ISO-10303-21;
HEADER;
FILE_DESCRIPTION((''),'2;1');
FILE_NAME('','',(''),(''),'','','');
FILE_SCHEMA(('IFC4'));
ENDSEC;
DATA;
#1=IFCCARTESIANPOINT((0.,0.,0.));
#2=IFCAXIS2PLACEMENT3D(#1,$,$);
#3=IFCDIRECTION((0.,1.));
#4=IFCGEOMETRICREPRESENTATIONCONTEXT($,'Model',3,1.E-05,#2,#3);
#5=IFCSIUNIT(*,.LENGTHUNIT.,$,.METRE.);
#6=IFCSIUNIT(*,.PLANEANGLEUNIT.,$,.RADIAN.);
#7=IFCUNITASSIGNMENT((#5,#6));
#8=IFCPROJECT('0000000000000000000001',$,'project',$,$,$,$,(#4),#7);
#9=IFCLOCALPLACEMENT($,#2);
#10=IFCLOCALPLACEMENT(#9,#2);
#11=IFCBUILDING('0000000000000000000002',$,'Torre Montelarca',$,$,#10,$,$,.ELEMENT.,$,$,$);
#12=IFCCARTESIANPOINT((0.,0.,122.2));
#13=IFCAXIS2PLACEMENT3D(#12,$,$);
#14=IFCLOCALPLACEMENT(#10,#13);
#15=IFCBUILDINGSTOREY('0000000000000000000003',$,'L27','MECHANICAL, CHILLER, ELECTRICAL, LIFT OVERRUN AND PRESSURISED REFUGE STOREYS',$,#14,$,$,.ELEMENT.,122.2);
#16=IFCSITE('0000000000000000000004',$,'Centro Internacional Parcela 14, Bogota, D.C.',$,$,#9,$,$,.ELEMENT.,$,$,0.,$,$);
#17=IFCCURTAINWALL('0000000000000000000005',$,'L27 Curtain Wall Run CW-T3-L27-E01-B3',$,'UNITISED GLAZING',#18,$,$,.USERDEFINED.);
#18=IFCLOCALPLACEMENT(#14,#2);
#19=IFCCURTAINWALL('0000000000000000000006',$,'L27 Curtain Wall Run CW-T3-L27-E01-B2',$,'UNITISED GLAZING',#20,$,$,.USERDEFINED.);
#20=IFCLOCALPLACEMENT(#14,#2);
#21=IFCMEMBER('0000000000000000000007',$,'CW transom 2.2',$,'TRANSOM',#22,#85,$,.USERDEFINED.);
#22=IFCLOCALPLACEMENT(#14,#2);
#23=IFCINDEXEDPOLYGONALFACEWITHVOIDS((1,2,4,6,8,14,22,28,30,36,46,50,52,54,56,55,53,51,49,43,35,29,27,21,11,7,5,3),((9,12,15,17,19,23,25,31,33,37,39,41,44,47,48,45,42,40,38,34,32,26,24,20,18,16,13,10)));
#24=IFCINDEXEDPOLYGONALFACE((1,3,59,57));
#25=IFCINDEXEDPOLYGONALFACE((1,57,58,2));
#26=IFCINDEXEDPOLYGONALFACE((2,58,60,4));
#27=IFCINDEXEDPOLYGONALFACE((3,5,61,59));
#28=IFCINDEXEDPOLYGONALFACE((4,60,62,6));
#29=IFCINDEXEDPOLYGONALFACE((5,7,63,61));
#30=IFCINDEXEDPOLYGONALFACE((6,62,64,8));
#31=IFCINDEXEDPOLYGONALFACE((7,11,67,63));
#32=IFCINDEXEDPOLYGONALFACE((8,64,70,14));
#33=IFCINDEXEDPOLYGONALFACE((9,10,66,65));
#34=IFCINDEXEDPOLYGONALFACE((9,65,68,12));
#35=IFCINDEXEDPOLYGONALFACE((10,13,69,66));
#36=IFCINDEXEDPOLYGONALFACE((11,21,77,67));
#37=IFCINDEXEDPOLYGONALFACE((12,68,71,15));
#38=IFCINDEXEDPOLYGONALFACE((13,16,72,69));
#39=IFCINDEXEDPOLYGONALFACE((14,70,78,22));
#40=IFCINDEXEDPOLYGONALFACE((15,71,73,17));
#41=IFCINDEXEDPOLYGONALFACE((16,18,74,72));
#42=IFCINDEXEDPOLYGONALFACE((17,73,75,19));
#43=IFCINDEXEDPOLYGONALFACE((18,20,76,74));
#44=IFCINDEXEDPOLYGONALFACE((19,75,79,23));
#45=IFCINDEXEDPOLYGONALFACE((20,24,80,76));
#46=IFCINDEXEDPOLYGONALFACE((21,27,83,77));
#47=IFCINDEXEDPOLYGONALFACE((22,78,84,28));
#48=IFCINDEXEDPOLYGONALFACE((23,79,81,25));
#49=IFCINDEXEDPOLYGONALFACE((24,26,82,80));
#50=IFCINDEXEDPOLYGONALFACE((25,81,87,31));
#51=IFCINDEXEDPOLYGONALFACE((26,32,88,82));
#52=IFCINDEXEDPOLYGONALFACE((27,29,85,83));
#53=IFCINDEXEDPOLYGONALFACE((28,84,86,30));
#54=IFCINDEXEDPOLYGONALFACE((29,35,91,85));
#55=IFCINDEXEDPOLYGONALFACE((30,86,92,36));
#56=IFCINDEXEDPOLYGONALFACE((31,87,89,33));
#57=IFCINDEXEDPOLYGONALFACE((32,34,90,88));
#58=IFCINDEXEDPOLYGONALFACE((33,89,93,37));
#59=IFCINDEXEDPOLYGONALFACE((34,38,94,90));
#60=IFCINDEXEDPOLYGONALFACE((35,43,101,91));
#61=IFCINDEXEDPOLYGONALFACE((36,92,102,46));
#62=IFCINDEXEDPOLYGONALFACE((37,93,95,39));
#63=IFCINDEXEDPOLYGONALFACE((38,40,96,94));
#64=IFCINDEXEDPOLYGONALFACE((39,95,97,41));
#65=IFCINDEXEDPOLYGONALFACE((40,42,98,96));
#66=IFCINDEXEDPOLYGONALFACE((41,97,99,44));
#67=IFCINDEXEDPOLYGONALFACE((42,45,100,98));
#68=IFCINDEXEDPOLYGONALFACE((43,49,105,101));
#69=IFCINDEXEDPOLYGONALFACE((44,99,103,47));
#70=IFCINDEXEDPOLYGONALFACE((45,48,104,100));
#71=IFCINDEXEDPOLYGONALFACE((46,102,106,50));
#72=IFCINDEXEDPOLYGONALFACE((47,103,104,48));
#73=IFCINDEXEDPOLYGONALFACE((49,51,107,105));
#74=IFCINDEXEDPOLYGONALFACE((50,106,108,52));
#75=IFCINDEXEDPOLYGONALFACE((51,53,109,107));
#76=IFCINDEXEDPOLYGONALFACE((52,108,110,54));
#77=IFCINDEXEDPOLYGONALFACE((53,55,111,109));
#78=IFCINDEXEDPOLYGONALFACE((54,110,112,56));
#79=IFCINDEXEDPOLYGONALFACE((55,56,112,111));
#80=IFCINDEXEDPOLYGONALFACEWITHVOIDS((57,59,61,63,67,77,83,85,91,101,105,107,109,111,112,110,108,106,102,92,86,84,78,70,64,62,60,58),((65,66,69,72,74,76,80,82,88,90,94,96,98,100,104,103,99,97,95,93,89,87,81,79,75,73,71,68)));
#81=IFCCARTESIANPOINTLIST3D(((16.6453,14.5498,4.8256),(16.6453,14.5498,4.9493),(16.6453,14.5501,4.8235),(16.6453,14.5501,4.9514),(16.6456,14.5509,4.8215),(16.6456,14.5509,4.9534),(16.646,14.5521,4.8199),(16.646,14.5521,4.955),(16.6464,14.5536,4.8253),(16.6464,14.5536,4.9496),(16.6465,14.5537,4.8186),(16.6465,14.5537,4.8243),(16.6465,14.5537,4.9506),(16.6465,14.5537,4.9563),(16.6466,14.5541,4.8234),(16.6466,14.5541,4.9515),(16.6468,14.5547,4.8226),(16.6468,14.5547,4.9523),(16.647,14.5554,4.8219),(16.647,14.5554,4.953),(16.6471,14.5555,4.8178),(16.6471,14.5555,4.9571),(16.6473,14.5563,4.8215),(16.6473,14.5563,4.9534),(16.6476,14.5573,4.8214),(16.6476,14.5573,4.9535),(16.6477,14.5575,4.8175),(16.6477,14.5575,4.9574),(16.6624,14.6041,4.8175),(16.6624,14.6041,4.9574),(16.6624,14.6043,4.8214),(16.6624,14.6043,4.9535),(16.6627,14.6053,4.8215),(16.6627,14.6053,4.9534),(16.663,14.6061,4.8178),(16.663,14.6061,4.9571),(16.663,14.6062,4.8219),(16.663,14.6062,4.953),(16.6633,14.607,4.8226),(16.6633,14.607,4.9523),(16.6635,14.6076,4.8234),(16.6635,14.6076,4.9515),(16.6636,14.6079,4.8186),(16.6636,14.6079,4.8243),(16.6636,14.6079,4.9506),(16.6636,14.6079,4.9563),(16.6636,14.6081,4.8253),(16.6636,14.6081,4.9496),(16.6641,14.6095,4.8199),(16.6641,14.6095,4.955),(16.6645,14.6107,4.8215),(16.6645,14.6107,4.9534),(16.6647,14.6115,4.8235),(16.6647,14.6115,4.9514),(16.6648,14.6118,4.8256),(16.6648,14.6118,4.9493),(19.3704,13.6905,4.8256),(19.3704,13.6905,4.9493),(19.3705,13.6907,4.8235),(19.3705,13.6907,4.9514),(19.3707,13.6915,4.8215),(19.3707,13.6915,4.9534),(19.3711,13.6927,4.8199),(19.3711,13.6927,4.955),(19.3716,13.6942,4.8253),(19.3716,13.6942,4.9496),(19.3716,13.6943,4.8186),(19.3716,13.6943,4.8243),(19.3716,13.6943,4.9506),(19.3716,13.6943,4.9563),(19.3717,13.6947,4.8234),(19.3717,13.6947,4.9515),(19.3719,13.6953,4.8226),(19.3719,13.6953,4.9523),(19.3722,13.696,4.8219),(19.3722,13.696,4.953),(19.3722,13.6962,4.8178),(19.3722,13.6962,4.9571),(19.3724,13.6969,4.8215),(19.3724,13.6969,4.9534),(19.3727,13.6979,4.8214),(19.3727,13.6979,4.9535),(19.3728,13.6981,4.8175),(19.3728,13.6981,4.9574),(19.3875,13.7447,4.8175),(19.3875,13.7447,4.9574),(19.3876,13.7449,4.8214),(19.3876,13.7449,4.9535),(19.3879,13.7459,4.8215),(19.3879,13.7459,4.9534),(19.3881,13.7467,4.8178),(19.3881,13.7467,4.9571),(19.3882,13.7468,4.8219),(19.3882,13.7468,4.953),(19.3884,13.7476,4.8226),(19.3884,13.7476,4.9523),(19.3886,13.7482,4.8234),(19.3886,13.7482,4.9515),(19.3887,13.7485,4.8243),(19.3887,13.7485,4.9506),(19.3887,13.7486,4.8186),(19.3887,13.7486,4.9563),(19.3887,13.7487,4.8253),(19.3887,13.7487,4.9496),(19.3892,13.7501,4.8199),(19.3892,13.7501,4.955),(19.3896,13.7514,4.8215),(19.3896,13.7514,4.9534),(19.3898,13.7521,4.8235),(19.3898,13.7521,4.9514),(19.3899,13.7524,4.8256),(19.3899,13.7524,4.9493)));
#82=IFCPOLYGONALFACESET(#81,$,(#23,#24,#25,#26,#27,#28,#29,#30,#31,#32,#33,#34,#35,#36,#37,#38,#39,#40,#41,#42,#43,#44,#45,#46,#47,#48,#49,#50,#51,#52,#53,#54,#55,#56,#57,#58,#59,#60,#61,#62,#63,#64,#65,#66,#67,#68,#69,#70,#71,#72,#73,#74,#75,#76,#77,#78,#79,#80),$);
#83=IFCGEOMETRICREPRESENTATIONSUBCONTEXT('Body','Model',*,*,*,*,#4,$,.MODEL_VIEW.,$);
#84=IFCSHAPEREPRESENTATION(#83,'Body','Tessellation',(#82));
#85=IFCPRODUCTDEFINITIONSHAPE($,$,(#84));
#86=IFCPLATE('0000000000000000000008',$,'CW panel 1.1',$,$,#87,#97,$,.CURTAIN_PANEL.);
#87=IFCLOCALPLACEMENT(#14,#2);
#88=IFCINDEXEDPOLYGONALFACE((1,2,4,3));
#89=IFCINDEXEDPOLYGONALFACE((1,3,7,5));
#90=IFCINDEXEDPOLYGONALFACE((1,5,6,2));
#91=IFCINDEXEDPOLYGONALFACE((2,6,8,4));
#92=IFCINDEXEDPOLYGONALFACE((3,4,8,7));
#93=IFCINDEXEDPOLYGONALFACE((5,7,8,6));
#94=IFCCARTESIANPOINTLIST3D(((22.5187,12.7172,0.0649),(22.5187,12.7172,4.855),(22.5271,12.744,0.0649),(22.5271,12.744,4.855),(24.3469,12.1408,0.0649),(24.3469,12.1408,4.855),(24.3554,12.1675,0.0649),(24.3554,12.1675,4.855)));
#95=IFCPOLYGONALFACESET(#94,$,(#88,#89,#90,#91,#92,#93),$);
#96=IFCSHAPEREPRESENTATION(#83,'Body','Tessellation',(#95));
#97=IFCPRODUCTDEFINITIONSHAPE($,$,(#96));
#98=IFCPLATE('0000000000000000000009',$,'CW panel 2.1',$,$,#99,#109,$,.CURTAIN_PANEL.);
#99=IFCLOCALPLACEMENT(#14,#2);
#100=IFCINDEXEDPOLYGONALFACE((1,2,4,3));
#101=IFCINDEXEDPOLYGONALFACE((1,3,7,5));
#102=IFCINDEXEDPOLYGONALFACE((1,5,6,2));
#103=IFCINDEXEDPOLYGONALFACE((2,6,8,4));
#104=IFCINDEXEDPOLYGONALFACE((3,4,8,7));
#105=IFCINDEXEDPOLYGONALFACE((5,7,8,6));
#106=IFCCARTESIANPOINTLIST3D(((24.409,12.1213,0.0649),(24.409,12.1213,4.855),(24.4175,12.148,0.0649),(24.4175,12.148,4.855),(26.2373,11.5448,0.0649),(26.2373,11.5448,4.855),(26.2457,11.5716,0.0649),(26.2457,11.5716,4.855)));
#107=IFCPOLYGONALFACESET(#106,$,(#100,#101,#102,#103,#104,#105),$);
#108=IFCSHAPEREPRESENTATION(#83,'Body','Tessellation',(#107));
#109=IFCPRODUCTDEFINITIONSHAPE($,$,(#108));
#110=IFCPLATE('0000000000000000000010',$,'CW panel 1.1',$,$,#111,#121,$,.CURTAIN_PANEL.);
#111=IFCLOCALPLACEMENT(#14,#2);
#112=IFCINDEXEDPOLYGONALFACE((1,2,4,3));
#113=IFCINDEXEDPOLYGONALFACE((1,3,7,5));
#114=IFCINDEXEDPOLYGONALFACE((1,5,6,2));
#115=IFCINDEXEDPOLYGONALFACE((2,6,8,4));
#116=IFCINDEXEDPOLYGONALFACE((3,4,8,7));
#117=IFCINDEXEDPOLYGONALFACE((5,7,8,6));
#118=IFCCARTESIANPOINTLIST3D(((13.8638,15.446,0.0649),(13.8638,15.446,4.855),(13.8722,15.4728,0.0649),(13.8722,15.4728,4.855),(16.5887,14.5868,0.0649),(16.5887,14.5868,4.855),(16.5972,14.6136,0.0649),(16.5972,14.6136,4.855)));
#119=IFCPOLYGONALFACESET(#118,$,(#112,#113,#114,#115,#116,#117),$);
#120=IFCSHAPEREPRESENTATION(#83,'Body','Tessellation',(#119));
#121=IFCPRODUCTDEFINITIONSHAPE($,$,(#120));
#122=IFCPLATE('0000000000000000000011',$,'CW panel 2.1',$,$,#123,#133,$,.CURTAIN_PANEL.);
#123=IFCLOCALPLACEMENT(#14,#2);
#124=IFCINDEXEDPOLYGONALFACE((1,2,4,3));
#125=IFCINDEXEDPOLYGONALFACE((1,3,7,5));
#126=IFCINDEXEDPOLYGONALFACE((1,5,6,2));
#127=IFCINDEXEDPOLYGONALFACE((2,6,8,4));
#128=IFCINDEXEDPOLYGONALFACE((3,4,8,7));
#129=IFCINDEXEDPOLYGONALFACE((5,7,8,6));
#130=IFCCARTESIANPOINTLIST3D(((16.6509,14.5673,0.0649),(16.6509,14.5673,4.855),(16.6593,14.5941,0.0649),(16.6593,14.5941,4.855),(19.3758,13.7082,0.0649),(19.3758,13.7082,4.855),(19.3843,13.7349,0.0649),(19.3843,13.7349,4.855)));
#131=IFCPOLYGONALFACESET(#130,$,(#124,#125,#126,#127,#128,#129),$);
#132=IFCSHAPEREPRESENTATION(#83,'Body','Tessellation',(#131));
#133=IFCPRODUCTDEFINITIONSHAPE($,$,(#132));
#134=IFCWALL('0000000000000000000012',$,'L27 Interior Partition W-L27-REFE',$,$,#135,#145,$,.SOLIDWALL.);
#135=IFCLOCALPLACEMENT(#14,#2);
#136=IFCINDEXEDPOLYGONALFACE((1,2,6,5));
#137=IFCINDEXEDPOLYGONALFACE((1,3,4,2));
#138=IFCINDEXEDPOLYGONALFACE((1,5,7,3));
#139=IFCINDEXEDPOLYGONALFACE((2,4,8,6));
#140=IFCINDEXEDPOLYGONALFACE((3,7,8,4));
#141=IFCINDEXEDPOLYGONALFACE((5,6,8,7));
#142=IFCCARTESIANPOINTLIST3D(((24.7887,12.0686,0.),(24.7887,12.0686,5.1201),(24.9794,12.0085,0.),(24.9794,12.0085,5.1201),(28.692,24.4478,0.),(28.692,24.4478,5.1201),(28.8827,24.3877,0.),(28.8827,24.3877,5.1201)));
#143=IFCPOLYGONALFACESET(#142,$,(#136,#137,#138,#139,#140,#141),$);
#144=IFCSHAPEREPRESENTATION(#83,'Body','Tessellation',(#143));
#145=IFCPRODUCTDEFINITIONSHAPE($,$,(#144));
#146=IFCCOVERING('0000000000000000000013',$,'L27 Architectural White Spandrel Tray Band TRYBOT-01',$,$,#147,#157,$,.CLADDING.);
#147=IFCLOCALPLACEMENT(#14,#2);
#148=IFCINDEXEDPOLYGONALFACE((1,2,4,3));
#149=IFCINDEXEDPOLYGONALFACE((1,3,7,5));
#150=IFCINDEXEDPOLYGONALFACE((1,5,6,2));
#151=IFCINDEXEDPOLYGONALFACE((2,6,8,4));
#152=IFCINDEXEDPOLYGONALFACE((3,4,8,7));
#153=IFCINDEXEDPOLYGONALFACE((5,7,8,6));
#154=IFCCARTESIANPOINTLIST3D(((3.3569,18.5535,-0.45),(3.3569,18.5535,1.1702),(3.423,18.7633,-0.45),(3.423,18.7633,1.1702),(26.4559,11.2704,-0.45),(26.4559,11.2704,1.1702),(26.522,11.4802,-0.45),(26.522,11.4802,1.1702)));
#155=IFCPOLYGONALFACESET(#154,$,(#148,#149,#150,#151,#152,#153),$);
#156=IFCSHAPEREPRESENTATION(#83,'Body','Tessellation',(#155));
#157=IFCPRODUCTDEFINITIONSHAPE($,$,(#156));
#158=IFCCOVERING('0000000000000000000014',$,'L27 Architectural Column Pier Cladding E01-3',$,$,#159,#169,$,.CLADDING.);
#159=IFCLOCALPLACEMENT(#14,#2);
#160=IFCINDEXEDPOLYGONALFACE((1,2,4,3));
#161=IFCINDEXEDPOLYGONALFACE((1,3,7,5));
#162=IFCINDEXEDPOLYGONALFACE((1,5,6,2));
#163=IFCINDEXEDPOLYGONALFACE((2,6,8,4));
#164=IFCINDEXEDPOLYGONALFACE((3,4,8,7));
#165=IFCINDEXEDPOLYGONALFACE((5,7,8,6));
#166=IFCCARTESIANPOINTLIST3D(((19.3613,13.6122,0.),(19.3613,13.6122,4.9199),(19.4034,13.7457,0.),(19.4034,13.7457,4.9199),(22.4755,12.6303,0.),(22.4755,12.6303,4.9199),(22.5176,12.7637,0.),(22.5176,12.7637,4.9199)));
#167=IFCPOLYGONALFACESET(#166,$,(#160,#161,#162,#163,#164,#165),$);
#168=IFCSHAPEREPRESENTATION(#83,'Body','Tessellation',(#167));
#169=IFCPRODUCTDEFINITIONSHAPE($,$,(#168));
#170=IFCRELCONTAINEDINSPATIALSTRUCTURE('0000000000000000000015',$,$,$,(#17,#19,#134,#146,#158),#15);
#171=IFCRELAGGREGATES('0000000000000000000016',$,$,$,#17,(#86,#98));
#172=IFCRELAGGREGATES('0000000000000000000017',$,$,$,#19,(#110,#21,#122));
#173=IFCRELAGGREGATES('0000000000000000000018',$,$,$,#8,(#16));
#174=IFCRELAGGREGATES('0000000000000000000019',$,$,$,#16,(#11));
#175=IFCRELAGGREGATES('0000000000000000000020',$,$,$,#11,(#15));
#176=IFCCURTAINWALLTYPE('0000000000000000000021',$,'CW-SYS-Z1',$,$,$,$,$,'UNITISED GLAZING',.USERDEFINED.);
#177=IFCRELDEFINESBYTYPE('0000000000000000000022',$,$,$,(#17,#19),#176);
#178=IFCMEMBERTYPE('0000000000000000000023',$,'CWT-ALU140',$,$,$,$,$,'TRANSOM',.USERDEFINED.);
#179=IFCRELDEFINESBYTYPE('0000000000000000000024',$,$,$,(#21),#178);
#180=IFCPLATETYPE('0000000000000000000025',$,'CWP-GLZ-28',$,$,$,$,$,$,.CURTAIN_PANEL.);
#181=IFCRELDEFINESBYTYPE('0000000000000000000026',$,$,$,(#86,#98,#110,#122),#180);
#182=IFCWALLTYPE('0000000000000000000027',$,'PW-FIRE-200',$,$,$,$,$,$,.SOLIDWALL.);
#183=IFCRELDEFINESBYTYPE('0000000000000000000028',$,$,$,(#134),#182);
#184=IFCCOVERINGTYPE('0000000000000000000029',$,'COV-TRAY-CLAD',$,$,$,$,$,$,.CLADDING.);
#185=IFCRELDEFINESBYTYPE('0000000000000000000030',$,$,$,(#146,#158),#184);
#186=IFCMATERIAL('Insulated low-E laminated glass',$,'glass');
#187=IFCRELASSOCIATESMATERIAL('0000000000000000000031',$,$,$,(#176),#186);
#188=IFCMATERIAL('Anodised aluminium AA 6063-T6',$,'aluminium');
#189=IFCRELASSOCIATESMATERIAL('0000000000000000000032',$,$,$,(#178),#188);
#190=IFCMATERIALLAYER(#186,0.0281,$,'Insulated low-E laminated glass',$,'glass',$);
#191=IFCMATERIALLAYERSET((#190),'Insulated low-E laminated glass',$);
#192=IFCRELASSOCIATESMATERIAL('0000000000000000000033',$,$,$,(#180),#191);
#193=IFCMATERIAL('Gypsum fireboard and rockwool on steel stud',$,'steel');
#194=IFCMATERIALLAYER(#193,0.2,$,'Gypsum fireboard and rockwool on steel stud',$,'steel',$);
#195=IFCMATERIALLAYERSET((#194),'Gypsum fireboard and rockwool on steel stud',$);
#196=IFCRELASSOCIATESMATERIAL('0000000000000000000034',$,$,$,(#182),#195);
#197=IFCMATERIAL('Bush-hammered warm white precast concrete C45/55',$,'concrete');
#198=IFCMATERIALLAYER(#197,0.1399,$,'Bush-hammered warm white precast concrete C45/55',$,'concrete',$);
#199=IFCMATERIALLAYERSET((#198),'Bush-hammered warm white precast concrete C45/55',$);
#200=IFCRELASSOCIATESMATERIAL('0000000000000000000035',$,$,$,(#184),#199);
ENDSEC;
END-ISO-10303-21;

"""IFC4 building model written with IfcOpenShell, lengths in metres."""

from ifc_helpers import new_model, si_unit, direction, frame, frame_2d, origin, origin_2d, place, context, subcontext, project, spatial, rectangle, hollow_rectangle, extrude, source, transform, mapped, material, layer, layer_set, material_profile, profile_set, type_object, element, aggregate, save


model = new_model("IFC4")

# Units and contexts
model_context = context("Model", 3, precision=1e-05, world=origin(), true_north=direction((0.0, 1.0)))
body_context = subcontext(model_context, "Body", "Model", "MODEL_VIEW")
ifc_project = project(units=[si_unit("LENGTHUNIT", "METRE"), si_unit("PLANEANGLEUNIT", "RADIAN")], contexts=[model_context])

# Site, building, storey
site_placement = place(None, origin())
site = spatial("IfcSite", under=ifc_project, at=site_placement, Name="Centro Internacional Parcela 14, Bogota, D.C.", CompositionType="ELEMENT", RefElevation=0.0)
building_placement = place(site_placement, origin())
building = spatial("IfcBuilding", under=site, at=building_placement, Name="Torre Montelarca", CompositionType="ELEMENT")
storey_placement = place(building_placement, frame((0.0, 0.0, 122.2)))
storey = spatial("IfcBuildingStorey", under=building, at=storey_placement, Name="L27", Description="MECHANICAL, CHILLER, ELECTRICAL, LIFT OVERRUN AND PRESSURISED REFUGE STOREYS", CompositionType="ELEMENT", Elevation=122.2)

# Curtain walls
ifc_material_1 = material(Name="Insulated low-E laminated glass", Category="glass")
curtain_wall_type = type_object("IfcCurtainWallType", Name="CW-SYS-Z1", ElementType="UNITISED GLAZING", PredefinedType="USERDEFINED", material=ifc_material_1)
curtain_wall_1_placement = place(storey_placement, origin())
curtain_wall_1 = element("IfcCurtainWall", 1, at=curtain_wall_1_placement, inside=storey, type_object=curtain_wall_type, Name="L27 Curtain Wall Run CW-T3-L27-E01-B3", ObjectType="UNITISED GLAZING", PredefinedType="USERDEFINED")
ifc_material_2 = material(Name="Anodised aluminium AA 6063-T6", Category="aluminium")
ifc_material_profile_1 = material_profile(ifc_material_2, hollow_rectangle(XDim=0.0649, YDim=0.1399, WallThickness=0.0039, InnerFilletRadius=0.0039, OuterFilletRadius=0.0081, at=origin_2d()), Name="ALU65X140X4", Category="aluminium")
ifc_profile_set_1 = profile_set([ifc_material_profile_1], Name="Anodised aluminium AA 6063-T6")
member_type_1 = type_object("IfcMemberType", Name="CWT-ALU140", ElementType="TRANSOM", PredefinedType="USERDEFINED", material=ifc_profile_set_1)
curtain_wall_2_placement = place(storey_placement, origin())
curtain_wall_2 = element("IfcCurtainWall", 2, at=curtain_wall_2_placement, inside=storey, type_object=curtain_wall_type, Name="L27 Curtain Wall Run CW-T3-L27-E01-B2", ObjectType="UNITISED GLAZING", PredefinedType="USERDEFINED")

# Member
shared_shape_1 = source(origin(), body_context, "Body", "SweptSolid", [
    extrude(hollow_rectangle(XDim=0.0649, YDim=0.1399, WallThickness=0.0039, InnerFilletRadius=0.0039, OuterFilletRadius=0.0081, at=origin_2d()), origin(), (0.0, 0.0, 1.0), 2.8574),
])
member_1_placement = place(storey_placement, frame((16.655, 14.5808, 4.8875), z_axis=(0.953701, -0.300755, 0.0), x_axis=(0.300755, 0.953701, 0.0)))
member_1 = element("IfcMember", 3, at=member_1_placement, type_object=member_type_1, Name="CW transom 2.2", ObjectType="TRANSOM", PredefinedType="USERDEFINED", context=body_context, shape_type="MappedRepresentation", body=[
    mapped(shared_shape_1, transform((0.0, 0.0, 0.0), scale=1.0)),
])

# Plates
ifc_layer_1 = layer(ifc_material_1, 0.0281, Name="Insulated low-E laminated glass", Category="glass")
ifc_layer_set_1 = layer_set([ifc_layer_1], Name="Insulated low-E laminated glass")
plate_type = type_object("IfcPlateType", Name="CWP-GLZ-28", PredefinedType="CURTAIN_PANEL", material=ifc_layer_set_1)
shared_shape_2 = source(origin(), body_context, "Body", "SweptSolid", [
    extrude(rectangle(XDim=1.917, YDim=0.0281, at=origin_2d()), origin(), (0.0, 0.0, 1.0), 4.79),
])
plate_1_placement = place(storey_placement, frame((23.437, 12.4424, 0.0649), z_axis=(0.0, 0.0, 1.0), x_axis=(0.953717, -0.300706, 0.0)))
plate_1 = element("IfcPlate", 4, at=plate_1_placement, type_object=plate_type, Name="CW panel 1.1", PredefinedType="CURTAIN_PANEL", context=body_context, shape_type="MappedRepresentation", body=[
    mapped(shared_shape_2, transform((0.0, 0.0, 0.0), scale=1.0)),
])
plate_2_placement = place(storey_placement, frame((25.3274, 11.8464, 0.0649), z_axis=(0.0, 0.0, 1.0), x_axis=(0.953717, -0.300706, 0.0)))
plate_2 = element("IfcPlate", 5, at=plate_2_placement, type_object=plate_type, Name="CW panel 2.1", PredefinedType="CURTAIN_PANEL", context=body_context, shape_type="MappedRepresentation", body=[
    mapped(shared_shape_2, transform((0.0, 0.0, 0.0), scale=1.0)),
])
aggregate(curtain_wall_1, [plate_1, plate_2])
shared_shape_3 = source(origin(), body_context, "Body", "SweptSolid", [
    extrude(rectangle(XDim=2.8572, YDim=0.0281, at=origin_2d()), origin(), (0.0, 0.0, 1.0), 4.79),
])
plate_3_placement = place(storey_placement, frame((15.2305, 15.0298, 0.0649), z_axis=(0.0, 0.0, 1.0), x_axis=(0.953718, -0.300702, 0.0)))
plate_3 = element("IfcPlate", 6, at=plate_3_placement, type_object=plate_type, Name="CW panel 1.1", PredefinedType="CURTAIN_PANEL", context=body_context, shape_type="MappedRepresentation", body=[
    mapped(shared_shape_3, transform((0.0, 0.0, 0.0), scale=1.0)),
])
plate_4_placement = place(storey_placement, frame((18.0176, 14.1511, 0.0649), z_axis=(0.0, 0.0, 1.0), x_axis=(0.953718, -0.300702, 0.0)))
plate_4 = element("IfcPlate", 7, at=plate_4_placement, type_object=plate_type, Name="CW panel 2.1", PredefinedType="CURTAIN_PANEL", context=body_context, shape_type="MappedRepresentation", body=[
    mapped(shared_shape_3, transform((0.0, 0.0, 0.0), scale=1.0)),
])
aggregate(curtain_wall_2, [plate_3, member_1, plate_4])

# Wall
ifc_material_3 = material(Name="Gypsum fireboard and rockwool on steel stud", Category="steel")
ifc_layer_2 = layer(ifc_material_3, 0.2, Name="Gypsum fireboard and rockwool on steel stud", Category="steel")
ifc_layer_set_2 = layer_set([ifc_layer_2], Name="Gypsum fireboard and rockwool on steel stud")
wall_type = type_object("IfcWallType", Name="PW-FIRE-200", PredefinedType="SOLIDWALL", material=ifc_layer_set_2)
wall_placement = place(storey_placement, frame((24.884, 12.0386, 0.0), z_axis=(0.0, 0.0, 1.0), x_axis=(0.300719, 0.953713, 0.0)))
element("IfcWall", 8, at=wall_placement, inside=storey, type_object=wall_type, Name="L27 Interior Partition W-L27-REFE", PredefinedType="SOLIDWALL", context=body_context, shape_type="SweptSolid", body=[
    extrude(rectangle(XDim=12.98, YDim=0.2, at=frame_2d((6.49, 0.0))), origin(), (0.0, 0.0, 1.0), 5.1201),
])

# Coverings
ifc_material_4 = material(Name="Bush-hammered warm white precast concrete C45/55", Category="concrete")
ifc_layer_3 = layer(ifc_material_4, 0.1399, Name="Bush-hammered warm white precast concrete C45/55", Category="concrete")
ifc_layer_set_3 = layer_set([ifc_layer_3], Name="Bush-hammered warm white precast concrete C45/55")
covering_type = type_object("IfcCoveringType", Name="COV-TRAY-CLAD", PredefinedType="CLADDING", material=ifc_layer_set_3)
shared_shape_4 = source(origin(), body_context, "Body", "SweptSolid", [
    extrude(rectangle(XDim=24.22, YDim=0.22, at=origin_2d()), origin(), (0.0, 0.0, 1.0), 1.6201),
])
covering_1_placement = place(storey_placement, frame((14.9395, 15.0168, -0.45), z_axis=(0.0, 0.0, 1.0), x_axis=(0.953717, -0.300706, 0.0)))
element("IfcCovering", 9, at=covering_1_placement, inside=storey, type_object=covering_type, Name="L27 Architectural White Spandrel Tray Band TRYBOT-01", PredefinedType="CLADDING", context=body_context, shape_type="MappedRepresentation", body=[
    mapped(shared_shape_4, transform((0.0, 0.0, 0.0), scale=1.0)),
])
shared_shape_5 = source(origin(), body_context, "Body", "SweptSolid", [
    extrude(rectangle(XDim=3.2654, YDim=0.1399, at=origin_2d()), origin(), (0.0, 0.0, 1.0), 4.9199),
])
covering_2_placement = place(storey_placement, frame((20.9395, 13.188, 0.0), z_axis=(0.0, 0.0, 1.0), x_axis=(0.953717, -0.300704, 0.0)))
element("IfcCovering", 10, at=covering_2_placement, inside=storey, type_object=covering_type, Name="L27 Architectural Column Pier Cladding E01-3", PredefinedType="CLADDING", context=body_context, shape_type="MappedRepresentation", body=[
    mapped(shared_shape_5, transform((0.0, 0.0, 0.0), scale=1.0)),
])

save(model, "model.ifc")
